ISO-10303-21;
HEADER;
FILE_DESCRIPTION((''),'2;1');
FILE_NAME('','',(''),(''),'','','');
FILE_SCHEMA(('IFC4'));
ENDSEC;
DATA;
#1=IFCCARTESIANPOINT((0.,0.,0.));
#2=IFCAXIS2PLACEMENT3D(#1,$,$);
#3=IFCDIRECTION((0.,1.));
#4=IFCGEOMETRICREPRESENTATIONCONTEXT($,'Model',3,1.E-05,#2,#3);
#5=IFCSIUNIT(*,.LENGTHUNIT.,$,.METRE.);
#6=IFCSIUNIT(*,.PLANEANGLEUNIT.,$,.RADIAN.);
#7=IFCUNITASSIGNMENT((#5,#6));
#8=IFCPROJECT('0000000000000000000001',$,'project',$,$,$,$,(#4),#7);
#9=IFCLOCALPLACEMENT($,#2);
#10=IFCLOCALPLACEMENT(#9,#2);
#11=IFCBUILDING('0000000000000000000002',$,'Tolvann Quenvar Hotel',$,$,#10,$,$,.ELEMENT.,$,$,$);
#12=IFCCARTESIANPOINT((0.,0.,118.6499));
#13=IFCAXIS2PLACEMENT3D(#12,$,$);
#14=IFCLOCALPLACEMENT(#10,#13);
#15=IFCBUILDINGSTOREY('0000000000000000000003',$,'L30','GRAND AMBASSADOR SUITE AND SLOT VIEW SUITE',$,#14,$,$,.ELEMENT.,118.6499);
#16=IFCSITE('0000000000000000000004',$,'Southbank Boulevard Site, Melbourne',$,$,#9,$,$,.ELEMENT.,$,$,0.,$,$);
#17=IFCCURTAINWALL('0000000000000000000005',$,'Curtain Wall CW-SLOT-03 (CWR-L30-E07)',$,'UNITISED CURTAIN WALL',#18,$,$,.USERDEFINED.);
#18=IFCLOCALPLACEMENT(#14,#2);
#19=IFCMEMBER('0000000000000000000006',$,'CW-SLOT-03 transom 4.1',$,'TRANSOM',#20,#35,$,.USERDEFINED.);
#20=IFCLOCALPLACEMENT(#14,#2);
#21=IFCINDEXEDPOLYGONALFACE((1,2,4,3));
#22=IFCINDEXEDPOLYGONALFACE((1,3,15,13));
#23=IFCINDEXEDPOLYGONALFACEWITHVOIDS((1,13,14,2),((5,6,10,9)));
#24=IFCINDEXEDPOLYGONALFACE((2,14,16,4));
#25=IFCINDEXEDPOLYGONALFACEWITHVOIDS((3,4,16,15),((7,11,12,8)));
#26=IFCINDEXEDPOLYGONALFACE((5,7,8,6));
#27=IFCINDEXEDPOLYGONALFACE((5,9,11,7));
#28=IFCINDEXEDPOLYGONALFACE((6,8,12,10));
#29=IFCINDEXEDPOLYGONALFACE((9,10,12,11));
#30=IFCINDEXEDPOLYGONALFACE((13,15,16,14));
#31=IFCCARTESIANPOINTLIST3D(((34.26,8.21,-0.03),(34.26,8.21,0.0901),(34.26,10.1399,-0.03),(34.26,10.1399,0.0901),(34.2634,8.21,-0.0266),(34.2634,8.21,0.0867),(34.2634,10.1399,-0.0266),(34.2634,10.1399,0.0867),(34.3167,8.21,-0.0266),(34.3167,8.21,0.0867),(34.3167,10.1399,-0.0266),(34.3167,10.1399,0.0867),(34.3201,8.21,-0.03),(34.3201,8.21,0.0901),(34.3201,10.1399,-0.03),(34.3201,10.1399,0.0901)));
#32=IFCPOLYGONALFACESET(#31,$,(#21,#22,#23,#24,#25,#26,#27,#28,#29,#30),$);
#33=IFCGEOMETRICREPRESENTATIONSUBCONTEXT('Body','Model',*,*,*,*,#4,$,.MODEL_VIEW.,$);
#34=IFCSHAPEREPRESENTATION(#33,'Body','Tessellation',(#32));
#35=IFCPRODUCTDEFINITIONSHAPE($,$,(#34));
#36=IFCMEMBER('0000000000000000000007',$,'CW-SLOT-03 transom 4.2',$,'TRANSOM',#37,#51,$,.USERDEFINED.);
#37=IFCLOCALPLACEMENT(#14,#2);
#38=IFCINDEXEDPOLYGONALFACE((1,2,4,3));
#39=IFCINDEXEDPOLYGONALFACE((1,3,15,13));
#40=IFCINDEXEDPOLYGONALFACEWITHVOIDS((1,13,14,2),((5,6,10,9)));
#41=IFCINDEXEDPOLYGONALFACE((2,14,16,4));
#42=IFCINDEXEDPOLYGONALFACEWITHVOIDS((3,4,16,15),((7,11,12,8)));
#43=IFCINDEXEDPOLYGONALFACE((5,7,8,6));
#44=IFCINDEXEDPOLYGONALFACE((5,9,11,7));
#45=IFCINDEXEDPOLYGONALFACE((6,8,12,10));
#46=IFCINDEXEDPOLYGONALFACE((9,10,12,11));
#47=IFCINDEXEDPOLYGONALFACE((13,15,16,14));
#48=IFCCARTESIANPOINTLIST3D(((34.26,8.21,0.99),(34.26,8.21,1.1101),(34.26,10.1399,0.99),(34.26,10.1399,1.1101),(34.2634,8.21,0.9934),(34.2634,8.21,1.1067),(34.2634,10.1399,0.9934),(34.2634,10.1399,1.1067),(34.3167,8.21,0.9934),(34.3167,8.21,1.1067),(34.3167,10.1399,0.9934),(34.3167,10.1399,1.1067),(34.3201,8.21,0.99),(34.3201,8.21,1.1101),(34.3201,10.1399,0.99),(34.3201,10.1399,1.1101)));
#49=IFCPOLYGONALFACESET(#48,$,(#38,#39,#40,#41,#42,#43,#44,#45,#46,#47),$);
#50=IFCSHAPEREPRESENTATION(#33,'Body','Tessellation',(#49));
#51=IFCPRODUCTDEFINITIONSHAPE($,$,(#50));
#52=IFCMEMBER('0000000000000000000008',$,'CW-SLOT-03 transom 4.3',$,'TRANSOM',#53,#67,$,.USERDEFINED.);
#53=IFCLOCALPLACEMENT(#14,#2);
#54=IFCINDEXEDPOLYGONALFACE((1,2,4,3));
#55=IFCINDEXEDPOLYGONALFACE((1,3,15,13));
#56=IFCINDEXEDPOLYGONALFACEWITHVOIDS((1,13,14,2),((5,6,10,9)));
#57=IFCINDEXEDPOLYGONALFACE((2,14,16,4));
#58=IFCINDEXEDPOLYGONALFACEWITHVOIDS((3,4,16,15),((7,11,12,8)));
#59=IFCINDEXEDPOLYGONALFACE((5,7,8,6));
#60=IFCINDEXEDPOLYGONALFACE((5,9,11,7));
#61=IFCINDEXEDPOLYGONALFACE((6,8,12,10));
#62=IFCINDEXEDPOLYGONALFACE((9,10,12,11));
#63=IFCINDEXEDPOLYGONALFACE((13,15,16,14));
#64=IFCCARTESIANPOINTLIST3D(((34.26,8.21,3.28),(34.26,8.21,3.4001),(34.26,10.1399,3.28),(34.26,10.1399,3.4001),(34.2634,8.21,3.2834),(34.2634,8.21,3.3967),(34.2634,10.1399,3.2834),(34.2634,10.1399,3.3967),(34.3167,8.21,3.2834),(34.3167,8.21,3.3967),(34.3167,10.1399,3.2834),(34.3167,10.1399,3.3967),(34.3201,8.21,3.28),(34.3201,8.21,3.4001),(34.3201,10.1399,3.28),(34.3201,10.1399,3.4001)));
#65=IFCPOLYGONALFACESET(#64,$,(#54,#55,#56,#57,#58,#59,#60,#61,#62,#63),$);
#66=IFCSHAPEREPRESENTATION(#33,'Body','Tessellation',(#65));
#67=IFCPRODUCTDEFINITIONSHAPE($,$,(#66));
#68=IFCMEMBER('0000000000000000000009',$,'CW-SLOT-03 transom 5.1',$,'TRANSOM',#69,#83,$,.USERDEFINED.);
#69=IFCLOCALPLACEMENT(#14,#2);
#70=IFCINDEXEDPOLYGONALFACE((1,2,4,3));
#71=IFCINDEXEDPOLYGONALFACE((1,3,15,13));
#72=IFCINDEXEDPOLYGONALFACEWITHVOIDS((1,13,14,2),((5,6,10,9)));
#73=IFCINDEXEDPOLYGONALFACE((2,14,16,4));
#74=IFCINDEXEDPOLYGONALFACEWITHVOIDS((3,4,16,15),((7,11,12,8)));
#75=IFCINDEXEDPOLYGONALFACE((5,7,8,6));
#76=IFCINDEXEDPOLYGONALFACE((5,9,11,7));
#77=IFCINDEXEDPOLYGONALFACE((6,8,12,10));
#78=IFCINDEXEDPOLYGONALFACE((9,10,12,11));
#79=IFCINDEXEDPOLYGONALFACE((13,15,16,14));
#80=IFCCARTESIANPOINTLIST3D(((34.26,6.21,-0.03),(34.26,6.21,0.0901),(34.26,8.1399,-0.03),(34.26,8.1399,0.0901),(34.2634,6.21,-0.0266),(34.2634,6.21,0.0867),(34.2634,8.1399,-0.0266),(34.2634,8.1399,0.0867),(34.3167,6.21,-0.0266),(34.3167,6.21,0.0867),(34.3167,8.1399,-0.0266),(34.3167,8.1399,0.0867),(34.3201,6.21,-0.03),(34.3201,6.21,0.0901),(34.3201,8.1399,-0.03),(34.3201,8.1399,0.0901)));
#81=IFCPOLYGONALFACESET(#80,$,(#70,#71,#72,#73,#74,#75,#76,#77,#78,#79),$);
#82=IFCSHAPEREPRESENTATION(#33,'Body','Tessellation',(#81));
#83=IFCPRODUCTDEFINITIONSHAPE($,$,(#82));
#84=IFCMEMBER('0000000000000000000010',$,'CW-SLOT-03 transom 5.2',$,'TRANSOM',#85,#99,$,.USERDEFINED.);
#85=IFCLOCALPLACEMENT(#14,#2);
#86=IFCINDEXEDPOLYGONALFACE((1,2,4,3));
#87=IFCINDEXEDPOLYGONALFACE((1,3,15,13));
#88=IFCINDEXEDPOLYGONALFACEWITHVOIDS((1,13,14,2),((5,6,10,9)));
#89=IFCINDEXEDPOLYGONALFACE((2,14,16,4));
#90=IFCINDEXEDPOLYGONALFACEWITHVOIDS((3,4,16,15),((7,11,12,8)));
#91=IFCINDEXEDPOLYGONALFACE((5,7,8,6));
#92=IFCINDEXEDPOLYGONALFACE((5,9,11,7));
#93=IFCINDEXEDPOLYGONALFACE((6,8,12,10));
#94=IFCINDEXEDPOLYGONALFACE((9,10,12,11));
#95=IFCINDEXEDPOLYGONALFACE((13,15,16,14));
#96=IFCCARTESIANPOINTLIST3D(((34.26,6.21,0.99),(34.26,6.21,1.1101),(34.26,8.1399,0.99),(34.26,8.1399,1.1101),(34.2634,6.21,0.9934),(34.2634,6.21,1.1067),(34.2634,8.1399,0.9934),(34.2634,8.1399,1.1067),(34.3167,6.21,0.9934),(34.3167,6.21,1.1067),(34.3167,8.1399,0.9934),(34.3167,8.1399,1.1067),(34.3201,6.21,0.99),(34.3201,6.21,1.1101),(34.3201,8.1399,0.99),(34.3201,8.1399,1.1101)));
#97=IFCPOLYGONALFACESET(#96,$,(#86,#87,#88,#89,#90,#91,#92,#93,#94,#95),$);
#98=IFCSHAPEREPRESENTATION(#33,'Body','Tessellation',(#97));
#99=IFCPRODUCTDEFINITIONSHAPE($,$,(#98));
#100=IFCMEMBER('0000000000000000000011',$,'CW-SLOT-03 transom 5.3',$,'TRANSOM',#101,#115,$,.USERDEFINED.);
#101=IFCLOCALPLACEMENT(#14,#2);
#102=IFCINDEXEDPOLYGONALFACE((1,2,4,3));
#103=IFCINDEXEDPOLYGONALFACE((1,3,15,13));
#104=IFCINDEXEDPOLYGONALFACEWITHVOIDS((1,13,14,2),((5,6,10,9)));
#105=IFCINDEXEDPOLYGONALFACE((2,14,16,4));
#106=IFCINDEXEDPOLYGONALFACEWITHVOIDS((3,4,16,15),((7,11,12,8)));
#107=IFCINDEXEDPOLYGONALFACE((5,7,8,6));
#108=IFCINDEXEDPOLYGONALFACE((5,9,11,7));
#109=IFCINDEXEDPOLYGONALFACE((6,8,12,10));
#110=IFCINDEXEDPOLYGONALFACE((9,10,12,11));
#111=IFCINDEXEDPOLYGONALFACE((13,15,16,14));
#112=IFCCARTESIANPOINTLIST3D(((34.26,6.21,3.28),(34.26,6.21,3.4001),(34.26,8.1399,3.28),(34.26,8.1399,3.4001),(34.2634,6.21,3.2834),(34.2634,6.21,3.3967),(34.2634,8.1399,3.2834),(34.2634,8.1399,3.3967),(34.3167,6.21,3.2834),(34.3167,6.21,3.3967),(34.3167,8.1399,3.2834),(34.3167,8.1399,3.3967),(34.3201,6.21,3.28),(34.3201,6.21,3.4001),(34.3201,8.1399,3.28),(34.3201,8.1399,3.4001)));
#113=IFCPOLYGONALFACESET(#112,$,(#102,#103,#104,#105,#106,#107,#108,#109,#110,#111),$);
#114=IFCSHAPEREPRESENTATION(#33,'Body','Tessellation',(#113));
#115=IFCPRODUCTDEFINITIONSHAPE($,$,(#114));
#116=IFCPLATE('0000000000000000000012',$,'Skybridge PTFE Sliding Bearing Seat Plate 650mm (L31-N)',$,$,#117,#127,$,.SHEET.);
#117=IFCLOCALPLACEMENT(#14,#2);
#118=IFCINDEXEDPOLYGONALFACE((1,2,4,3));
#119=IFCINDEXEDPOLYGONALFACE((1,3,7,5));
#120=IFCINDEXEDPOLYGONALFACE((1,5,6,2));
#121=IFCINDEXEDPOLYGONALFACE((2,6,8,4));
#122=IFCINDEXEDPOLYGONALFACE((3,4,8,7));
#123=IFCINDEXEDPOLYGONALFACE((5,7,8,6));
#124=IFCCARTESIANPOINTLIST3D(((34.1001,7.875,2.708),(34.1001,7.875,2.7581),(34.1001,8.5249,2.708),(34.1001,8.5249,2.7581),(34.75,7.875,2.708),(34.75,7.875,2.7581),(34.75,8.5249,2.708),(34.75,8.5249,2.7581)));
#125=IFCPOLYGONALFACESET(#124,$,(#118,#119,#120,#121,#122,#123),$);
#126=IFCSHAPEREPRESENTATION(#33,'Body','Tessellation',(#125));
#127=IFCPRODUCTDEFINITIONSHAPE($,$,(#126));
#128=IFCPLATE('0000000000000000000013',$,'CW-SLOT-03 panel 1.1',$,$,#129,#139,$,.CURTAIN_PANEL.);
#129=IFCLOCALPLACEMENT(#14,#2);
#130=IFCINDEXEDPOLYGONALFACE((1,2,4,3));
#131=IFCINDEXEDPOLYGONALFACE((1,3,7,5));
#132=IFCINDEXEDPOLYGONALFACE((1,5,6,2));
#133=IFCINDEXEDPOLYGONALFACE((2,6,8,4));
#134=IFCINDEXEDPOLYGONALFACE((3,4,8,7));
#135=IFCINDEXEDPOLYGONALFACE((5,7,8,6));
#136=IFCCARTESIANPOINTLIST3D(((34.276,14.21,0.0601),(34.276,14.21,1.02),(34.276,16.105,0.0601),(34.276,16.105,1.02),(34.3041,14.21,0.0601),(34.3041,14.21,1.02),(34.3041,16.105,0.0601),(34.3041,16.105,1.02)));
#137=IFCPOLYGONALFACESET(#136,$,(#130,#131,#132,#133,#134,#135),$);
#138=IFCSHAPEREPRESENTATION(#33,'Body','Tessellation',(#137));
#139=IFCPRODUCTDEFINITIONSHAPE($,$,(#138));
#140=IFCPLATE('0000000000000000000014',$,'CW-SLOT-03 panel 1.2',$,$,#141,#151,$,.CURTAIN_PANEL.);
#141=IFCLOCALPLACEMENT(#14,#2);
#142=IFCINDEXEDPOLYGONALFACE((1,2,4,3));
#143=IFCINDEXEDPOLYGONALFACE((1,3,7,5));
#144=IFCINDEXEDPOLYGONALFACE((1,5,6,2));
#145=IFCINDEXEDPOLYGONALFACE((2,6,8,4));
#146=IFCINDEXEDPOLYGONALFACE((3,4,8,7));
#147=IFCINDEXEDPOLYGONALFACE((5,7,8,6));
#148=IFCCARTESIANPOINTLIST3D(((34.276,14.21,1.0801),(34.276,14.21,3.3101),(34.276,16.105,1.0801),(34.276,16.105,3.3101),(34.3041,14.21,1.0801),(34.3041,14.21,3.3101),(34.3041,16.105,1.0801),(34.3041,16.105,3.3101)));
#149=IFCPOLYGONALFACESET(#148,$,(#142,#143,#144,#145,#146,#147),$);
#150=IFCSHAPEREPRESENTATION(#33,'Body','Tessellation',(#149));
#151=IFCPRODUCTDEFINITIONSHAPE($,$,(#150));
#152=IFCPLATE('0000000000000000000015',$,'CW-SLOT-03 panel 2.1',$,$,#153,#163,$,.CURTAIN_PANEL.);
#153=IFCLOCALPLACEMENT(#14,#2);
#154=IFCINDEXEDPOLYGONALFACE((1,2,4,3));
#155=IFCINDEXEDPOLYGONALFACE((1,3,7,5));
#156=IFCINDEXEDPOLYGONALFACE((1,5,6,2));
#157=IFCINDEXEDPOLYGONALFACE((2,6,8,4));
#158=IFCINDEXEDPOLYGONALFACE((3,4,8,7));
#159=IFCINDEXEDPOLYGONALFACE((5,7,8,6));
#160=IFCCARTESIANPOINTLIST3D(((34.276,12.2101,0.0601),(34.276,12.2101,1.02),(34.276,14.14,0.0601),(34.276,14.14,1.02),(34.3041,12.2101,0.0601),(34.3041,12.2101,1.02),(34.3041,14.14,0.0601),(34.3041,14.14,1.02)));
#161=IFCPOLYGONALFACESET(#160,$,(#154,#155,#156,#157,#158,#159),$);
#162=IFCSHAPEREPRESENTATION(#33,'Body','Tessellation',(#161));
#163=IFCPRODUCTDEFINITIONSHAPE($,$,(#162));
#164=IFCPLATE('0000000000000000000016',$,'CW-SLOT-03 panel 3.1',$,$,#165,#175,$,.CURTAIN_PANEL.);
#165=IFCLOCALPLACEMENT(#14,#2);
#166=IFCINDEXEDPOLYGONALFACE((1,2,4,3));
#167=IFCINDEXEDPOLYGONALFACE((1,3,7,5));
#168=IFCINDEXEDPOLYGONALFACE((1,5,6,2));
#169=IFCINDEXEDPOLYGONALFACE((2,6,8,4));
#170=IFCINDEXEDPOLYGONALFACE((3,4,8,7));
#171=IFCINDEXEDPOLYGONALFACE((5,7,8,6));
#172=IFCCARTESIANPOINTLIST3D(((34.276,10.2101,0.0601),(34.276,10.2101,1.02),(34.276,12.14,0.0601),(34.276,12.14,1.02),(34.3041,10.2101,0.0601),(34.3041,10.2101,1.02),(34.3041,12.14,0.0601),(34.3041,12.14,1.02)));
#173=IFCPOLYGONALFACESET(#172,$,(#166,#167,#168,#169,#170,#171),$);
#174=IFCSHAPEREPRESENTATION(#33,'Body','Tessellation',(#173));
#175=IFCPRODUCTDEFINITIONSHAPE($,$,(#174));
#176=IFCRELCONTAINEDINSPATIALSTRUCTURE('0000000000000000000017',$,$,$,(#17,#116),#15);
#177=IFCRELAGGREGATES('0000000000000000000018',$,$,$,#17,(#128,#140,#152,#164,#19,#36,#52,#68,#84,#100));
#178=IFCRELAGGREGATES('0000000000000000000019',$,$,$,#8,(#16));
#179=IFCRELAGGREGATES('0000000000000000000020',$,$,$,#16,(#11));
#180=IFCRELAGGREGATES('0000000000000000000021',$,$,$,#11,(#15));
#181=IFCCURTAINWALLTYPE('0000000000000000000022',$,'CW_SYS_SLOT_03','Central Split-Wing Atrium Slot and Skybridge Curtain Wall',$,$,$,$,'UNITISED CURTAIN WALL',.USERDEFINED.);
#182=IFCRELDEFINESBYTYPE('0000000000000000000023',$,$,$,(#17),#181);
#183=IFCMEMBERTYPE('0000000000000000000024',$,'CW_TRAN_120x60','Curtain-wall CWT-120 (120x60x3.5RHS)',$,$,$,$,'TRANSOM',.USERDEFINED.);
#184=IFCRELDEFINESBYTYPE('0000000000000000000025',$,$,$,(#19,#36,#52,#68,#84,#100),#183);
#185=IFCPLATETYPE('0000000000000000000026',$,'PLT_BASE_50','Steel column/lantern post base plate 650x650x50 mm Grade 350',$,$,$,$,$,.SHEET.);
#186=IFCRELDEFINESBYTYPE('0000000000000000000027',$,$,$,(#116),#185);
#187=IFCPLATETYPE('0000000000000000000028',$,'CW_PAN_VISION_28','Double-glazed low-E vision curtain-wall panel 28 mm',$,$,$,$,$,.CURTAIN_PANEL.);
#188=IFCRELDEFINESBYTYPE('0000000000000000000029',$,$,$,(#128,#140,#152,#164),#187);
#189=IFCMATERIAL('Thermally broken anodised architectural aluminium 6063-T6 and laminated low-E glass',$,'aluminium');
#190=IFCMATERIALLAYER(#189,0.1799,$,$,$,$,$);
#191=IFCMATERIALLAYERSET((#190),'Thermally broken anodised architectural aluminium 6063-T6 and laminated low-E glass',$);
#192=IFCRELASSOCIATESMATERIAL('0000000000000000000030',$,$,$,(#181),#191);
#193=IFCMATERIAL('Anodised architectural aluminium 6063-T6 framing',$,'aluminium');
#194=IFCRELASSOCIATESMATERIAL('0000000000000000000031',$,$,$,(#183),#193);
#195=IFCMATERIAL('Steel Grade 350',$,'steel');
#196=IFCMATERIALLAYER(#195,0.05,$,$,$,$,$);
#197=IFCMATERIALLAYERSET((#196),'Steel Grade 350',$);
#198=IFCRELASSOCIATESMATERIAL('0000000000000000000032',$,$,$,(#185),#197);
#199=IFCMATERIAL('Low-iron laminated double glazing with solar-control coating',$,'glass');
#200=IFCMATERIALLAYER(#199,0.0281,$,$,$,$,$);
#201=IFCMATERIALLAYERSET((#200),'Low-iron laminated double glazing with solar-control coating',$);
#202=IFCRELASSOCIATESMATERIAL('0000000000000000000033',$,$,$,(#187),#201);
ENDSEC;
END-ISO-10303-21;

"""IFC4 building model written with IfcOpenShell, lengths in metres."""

from ifc_helpers import new_model, si_unit, direction, frame, origin, origin_2d, place, context, subcontext, project, spatial, rectangle, hollow_rectangle, extrude, source, transform, mapped, material, layer, layer_set, material_profile, profile_set, type_object, type_shapes, element, aggregate, save


model = new_model("IFC4")

# Units and contexts
model_context = context("Model", 3, precision=1e-05, world=origin(), true_north=direction((0.0, 1.0)))
body_context = subcontext(model_context, "Body", "Model", "MODEL_VIEW")
ifc_project = project(units=[si_unit("LENGTHUNIT", "METRE"), si_unit("PLANEANGLEUNIT", "RADIAN")], contexts=[model_context])

# Site, building, storey
site_placement = place(None, origin())
site = spatial("IfcSite", under=ifc_project, at=site_placement, Name="Southbank Boulevard Site, Melbourne", CompositionType="ELEMENT", RefElevation=0.0)
building_placement = place(site_placement, origin())
building = spatial("IfcBuilding", under=site, at=building_placement, Name="Tolvann Quenvar Hotel", CompositionType="ELEMENT")
storey_placement = place(building_placement, frame((0.0, 0.0, 118.6499)))
storey = spatial("IfcBuildingStorey", under=building, at=storey_placement, Name="L30", Description="GRAND AMBASSADOR SUITE AND SLOT VIEW SUITE", CompositionType="ELEMENT", Elevation=118.6499)

# Curtain wall, members
ifc_material_1 = material(Name="Thermally broken anodised architectural aluminium 6063-T6 and laminated low-E glass", Category="aluminium")
ifc_layer_1 = layer(ifc_material_1, 0.1799)
ifc_layer_set_1 = layer_set([ifc_layer_1], Name="Thermally broken anodised architectural aluminium 6063-T6 and laminated low-E glass")
curtain_wall_type = type_object("IfcCurtainWallType", Name="CW_SYS_SLOT_03", Description="Central Split-Wing Atrium Slot and Skybridge Curtain Wall", ElementType="UNITISED CURTAIN WALL", PredefinedType="USERDEFINED", material=ifc_layer_set_1)
curtain_wall_placement = place(storey_placement, origin())
curtain_wall = element("IfcCurtainWall", 1, at=curtain_wall_placement, inside=storey, type_object=curtain_wall_type, Name="Curtain Wall CW-SLOT-03 (CWR-L30-E07)", ObjectType="UNITISED CURTAIN WALL", PredefinedType="USERDEFINED")
ifc_material_2 = material(Name="Anodised architectural aluminium 6063-T6 framing", Category="aluminium")
ifc_material_profile_1 = material_profile(ifc_material_2, hollow_rectangle(XDim=0.0601, YDim=0.1201, WallThickness=0.0034, at=origin_2d()), Name="120x60x3.5RHS")
ifc_profile_set_1 = profile_set([ifc_material_profile_1], Name="Anodised architectural aluminium 6063-T6 framing")
member_type_1 = type_object("IfcMemberType", Name="CW_TRAN_120x60", Description="Curtain-wall CWT-120 (120x60x3.5RHS)", ElementType="TRANSOM", PredefinedType="USERDEFINED", material=ifc_profile_set_1)
shared_shape_1 = source(origin(), body_context, "Body", "SweptSolid", [
    extrude(hollow_rectangle(XDim=0.0601, YDim=0.1201, WallThickness=0.0034, at=origin_2d()), origin(), (0.0, 0.0, 1.0), 1.9299),
])
type_shapes(member_type_1, [shared_shape_1])
member_1_placement = place(storey_placement, frame((34.29, 10.1399, 0.03), z_axis=(0.0, -1.0, 0.0), x_axis=(1.0, 0.0, 0.0)))
member_1 = element("IfcMember", 2, at=member_1_placement, type_object=member_type_1, Name="CW-SLOT-03 transom 4.1", ObjectType="TRANSOM", PredefinedType="USERDEFINED", context=body_context, shape_type="MappedRepresentation", body=[
    mapped(shared_shape_1, transform((0.0, 0.0, 0.0), x_axis=(1.0, 0.0, 0.0), y_axis=(0.0, 1.0, 0.0), z_axis=(0.0, 0.0, 1.0), scale=1.0)),
])
member_2_placement = place(storey_placement, frame((34.29, 10.1399, 1.05), z_axis=(0.0, -1.0, 0.0), x_axis=(1.0, 0.0, 0.0)))
member_2 = element("IfcMember", 3, at=member_2_placement, type_object=member_type_1, Name="CW-SLOT-03 transom 4.2", ObjectType="TRANSOM", PredefinedType="USERDEFINED", context=body_context, shape_type="MappedRepresentation", body=[
    mapped(shared_shape_1, transform((0.0, 0.0, 0.0), x_axis=(1.0, 0.0, 0.0), y_axis=(0.0, 1.0, 0.0), z_axis=(0.0, 0.0, 1.0), scale=1.0)),
])
member_3_placement = place(storey_placement, frame((34.29, 10.1399, 3.3401), z_axis=(0.0, -1.0, 0.0), x_axis=(1.0, 0.0, 0.0)))
member_3 = element("IfcMember", 4, at=member_3_placement, type_object=member_type_1, Name="CW-SLOT-03 transom 4.3", ObjectType="TRANSOM", PredefinedType="USERDEFINED", context=body_context, shape_type="MappedRepresentation", body=[
    mapped(shared_shape_1, transform((0.0, 0.0, 0.0), x_axis=(1.0, 0.0, 0.0), y_axis=(0.0, 1.0, 0.0), z_axis=(0.0, 0.0, 1.0), scale=1.0)),
])
member_4_placement = place(storey_placement, frame((34.29, 8.1399, 0.03), z_axis=(0.0, -1.0, 0.0), x_axis=(1.0, 0.0, 0.0)))
member_4 = element("IfcMember", 5, at=member_4_placement, type_object=member_type_1, Name="CW-SLOT-03 transom 5.1", ObjectType="TRANSOM", PredefinedType="USERDEFINED", context=body_context, shape_type="MappedRepresentation", body=[
    mapped(shared_shape_1, transform((0.0, 0.0, 0.0), x_axis=(1.0, 0.0, 0.0), y_axis=(0.0, 1.0, 0.0), z_axis=(0.0, 0.0, 1.0), scale=1.0)),
])
member_5_placement = place(storey_placement, frame((34.29, 8.1399, 1.05), z_axis=(0.0, -1.0, 0.0), x_axis=(1.0, 0.0, 0.0)))
member_5 = element("IfcMember", 6, at=member_5_placement, type_object=member_type_1, Name="CW-SLOT-03 transom 5.2", ObjectType="TRANSOM", PredefinedType="USERDEFINED", context=body_context, shape_type="MappedRepresentation", body=[
    mapped(shared_shape_1, transform((0.0, 0.0, 0.0), x_axis=(1.0, 0.0, 0.0), y_axis=(0.0, 1.0, 0.0), z_axis=(0.0, 0.0, 1.0), scale=1.0)),
])
member_6_placement = place(storey_placement, frame((34.29, 8.1399, 3.3401), z_axis=(0.0, -1.0, 0.0), x_axis=(1.0, 0.0, 0.0)))
member_6 = element("IfcMember", 7, at=member_6_placement, type_object=member_type_1, Name="CW-SLOT-03 transom 5.3", ObjectType="TRANSOM", PredefinedType="USERDEFINED", context=body_context, shape_type="MappedRepresentation", body=[
    mapped(shared_shape_1, transform((0.0, 0.0, 0.0), x_axis=(1.0, 0.0, 0.0), y_axis=(0.0, 1.0, 0.0), z_axis=(0.0, 0.0, 1.0), scale=1.0)),
])

# Plates
ifc_material_3 = material(Name="Steel Grade 350", Category="steel")
ifc_layer_2 = layer(ifc_material_3, 0.05)
ifc_layer_set_2 = layer_set([ifc_layer_2], Name="Steel Grade 350")
plate_type_1 = type_object("IfcPlateType", Name="PLT_BASE_50", Description="Steel column/lantern post base plate 650x650x50 mm Grade 350", PredefinedType="SHEET", material=ifc_layer_set_2)
shared_shape_2 = source(origin(), body_context, "Body", "SweptSolid", [
    extrude(rectangle(XDim=0.6499, YDim=0.6499, at=origin_2d()), origin(), (0.0, 0.0, 1.0), 0.05),
])
type_shapes(plate_type_1, [shared_shape_2])
plate_1_placement = place(storey_placement, frame((34.425, 8.2, 2.708), z_axis=(0.0, 0.0, 1.0), x_axis=(1.0, 0.0, 0.0)))
element("IfcPlate", 8, at=plate_1_placement, inside=storey, type_object=plate_type_1, Name="Skybridge PTFE Sliding Bearing Seat Plate 650mm (L31-N)", PredefinedType="SHEET", context=body_context, shape_type="MappedRepresentation", body=[
    mapped(shared_shape_2, transform((0.0, 0.0, 0.0), x_axis=(1.0, 0.0, 0.0), y_axis=(0.0, 1.0, 0.0), z_axis=(0.0, 0.0, 1.0), scale=1.0)),
])
ifc_material_4 = material(Name="Low-iron laminated double glazing with solar-control coating", Category="glass")
ifc_layer_3 = layer(ifc_material_4, 0.0281)
ifc_layer_set_3 = layer_set([ifc_layer_3], Name="Low-iron laminated double glazing with solar-control coating")
plate_type_2 = type_object("IfcPlateType", Name="CW_PAN_VISION_28", Description="Double-glazed low-E vision curtain-wall panel 28 mm", PredefinedType="CURTAIN_PANEL", material=ifc_layer_set_3)
shared_shape_3 = source(origin(), body_context, "Body", "SweptSolid", [
    extrude(rectangle(XDim=1.895, YDim=0.0281, at=origin_2d()), origin(), (0.0, 0.0, 1.0), 0.96),
])
plate_2_placement = place(storey_placement, frame((34.29, 15.1575, 0.0601), z_axis=(0.0, 0.0, 1.0), x_axis=(0.0, -1.0, 0.0)))
plate_2 = element("IfcPlate", 9, at=plate_2_placement, type_object=plate_type_2, Name="CW-SLOT-03 panel 1.1", PredefinedType="CURTAIN_PANEL", context=body_context, shape_type="MappedRepresentation", body=[
    mapped(shared_shape_3, transform((0.0, 0.0, 0.0), x_axis=(1.0, 0.0, 0.0), y_axis=(0.0, 1.0, 0.0), z_axis=(0.0, 0.0, 1.0), scale=1.0)),
])
shared_shape_4 = source(origin(), body_context, "Body", "SweptSolid", [
    extrude(rectangle(XDim=1.895, YDim=0.0281, at=origin_2d()), origin(), (0.0, 0.0, 1.0), 2.23),
])
plate_3_placement = place(storey_placement, frame((34.29, 15.1575, 1.0801), z_axis=(0.0, 0.0, 1.0), x_axis=(0.0, -1.0, 0.0)))
plate_3 = element("IfcPlate", 10, at=plate_3_placement, type_object=plate_type_2, Name="CW-SLOT-03 panel 1.2", PredefinedType="CURTAIN_PANEL", context=body_context, shape_type="MappedRepresentation", body=[
    mapped(shared_shape_4, transform((0.0, 0.0, 0.0), x_axis=(1.0, 0.0, 0.0), y_axis=(0.0, 1.0, 0.0), z_axis=(0.0, 0.0, 1.0), scale=1.0)),
])
shared_shape_5 = source(origin(), body_context, "Body", "SweptSolid", [
    extrude(rectangle(XDim=1.9299, YDim=0.0281, at=origin_2d()), origin(), (0.0, 0.0, 1.0), 0.96),
])
plate_4_placement = place(storey_placement, frame((34.29, 13.175, 0.0601), z_axis=(0.0, 0.0, 1.0), x_axis=(0.0, -1.0, 0.0)))
plate_4 = element("IfcPlate", 11, at=plate_4_placement, type_object=plate_type_2, Name="CW-SLOT-03 panel 2.1", PredefinedType="CURTAIN_PANEL", context=body_context, shape_type="MappedRepresentation", body=[
    mapped(shared_shape_5, transform((0.0, 0.0, 0.0), x_axis=(1.0, 0.0, 0.0), y_axis=(0.0, 1.0, 0.0), z_axis=(0.0, 0.0, 1.0), scale=1.0)),
])
plate_5_placement = place(storey_placement, frame((34.29, 11.175, 0.0601), z_axis=(0.0, 0.0, 1.0), x_axis=(0.0, -1.0, 0.0)))
plate_5 = element("IfcPlate", 12, at=plate_5_placement, type_object=plate_type_2, Name="CW-SLOT-03 panel 3.1", PredefinedType="CURTAIN_PANEL", context=body_context, shape_type="MappedRepresentation", body=[
    mapped(shared_shape_5, transform((0.0, 0.0, 0.0), x_axis=(1.0, 0.0, 0.0), y_axis=(0.0, 1.0, 0.0), z_axis=(0.0, 0.0, 1.0), scale=1.0)),
])
aggregate(curtain_wall, [plate_2, plate_3, plate_4, plate_5, member_1, member_2, member_3, member_4, member_5, member_6])

save(model, "model.ifc")
